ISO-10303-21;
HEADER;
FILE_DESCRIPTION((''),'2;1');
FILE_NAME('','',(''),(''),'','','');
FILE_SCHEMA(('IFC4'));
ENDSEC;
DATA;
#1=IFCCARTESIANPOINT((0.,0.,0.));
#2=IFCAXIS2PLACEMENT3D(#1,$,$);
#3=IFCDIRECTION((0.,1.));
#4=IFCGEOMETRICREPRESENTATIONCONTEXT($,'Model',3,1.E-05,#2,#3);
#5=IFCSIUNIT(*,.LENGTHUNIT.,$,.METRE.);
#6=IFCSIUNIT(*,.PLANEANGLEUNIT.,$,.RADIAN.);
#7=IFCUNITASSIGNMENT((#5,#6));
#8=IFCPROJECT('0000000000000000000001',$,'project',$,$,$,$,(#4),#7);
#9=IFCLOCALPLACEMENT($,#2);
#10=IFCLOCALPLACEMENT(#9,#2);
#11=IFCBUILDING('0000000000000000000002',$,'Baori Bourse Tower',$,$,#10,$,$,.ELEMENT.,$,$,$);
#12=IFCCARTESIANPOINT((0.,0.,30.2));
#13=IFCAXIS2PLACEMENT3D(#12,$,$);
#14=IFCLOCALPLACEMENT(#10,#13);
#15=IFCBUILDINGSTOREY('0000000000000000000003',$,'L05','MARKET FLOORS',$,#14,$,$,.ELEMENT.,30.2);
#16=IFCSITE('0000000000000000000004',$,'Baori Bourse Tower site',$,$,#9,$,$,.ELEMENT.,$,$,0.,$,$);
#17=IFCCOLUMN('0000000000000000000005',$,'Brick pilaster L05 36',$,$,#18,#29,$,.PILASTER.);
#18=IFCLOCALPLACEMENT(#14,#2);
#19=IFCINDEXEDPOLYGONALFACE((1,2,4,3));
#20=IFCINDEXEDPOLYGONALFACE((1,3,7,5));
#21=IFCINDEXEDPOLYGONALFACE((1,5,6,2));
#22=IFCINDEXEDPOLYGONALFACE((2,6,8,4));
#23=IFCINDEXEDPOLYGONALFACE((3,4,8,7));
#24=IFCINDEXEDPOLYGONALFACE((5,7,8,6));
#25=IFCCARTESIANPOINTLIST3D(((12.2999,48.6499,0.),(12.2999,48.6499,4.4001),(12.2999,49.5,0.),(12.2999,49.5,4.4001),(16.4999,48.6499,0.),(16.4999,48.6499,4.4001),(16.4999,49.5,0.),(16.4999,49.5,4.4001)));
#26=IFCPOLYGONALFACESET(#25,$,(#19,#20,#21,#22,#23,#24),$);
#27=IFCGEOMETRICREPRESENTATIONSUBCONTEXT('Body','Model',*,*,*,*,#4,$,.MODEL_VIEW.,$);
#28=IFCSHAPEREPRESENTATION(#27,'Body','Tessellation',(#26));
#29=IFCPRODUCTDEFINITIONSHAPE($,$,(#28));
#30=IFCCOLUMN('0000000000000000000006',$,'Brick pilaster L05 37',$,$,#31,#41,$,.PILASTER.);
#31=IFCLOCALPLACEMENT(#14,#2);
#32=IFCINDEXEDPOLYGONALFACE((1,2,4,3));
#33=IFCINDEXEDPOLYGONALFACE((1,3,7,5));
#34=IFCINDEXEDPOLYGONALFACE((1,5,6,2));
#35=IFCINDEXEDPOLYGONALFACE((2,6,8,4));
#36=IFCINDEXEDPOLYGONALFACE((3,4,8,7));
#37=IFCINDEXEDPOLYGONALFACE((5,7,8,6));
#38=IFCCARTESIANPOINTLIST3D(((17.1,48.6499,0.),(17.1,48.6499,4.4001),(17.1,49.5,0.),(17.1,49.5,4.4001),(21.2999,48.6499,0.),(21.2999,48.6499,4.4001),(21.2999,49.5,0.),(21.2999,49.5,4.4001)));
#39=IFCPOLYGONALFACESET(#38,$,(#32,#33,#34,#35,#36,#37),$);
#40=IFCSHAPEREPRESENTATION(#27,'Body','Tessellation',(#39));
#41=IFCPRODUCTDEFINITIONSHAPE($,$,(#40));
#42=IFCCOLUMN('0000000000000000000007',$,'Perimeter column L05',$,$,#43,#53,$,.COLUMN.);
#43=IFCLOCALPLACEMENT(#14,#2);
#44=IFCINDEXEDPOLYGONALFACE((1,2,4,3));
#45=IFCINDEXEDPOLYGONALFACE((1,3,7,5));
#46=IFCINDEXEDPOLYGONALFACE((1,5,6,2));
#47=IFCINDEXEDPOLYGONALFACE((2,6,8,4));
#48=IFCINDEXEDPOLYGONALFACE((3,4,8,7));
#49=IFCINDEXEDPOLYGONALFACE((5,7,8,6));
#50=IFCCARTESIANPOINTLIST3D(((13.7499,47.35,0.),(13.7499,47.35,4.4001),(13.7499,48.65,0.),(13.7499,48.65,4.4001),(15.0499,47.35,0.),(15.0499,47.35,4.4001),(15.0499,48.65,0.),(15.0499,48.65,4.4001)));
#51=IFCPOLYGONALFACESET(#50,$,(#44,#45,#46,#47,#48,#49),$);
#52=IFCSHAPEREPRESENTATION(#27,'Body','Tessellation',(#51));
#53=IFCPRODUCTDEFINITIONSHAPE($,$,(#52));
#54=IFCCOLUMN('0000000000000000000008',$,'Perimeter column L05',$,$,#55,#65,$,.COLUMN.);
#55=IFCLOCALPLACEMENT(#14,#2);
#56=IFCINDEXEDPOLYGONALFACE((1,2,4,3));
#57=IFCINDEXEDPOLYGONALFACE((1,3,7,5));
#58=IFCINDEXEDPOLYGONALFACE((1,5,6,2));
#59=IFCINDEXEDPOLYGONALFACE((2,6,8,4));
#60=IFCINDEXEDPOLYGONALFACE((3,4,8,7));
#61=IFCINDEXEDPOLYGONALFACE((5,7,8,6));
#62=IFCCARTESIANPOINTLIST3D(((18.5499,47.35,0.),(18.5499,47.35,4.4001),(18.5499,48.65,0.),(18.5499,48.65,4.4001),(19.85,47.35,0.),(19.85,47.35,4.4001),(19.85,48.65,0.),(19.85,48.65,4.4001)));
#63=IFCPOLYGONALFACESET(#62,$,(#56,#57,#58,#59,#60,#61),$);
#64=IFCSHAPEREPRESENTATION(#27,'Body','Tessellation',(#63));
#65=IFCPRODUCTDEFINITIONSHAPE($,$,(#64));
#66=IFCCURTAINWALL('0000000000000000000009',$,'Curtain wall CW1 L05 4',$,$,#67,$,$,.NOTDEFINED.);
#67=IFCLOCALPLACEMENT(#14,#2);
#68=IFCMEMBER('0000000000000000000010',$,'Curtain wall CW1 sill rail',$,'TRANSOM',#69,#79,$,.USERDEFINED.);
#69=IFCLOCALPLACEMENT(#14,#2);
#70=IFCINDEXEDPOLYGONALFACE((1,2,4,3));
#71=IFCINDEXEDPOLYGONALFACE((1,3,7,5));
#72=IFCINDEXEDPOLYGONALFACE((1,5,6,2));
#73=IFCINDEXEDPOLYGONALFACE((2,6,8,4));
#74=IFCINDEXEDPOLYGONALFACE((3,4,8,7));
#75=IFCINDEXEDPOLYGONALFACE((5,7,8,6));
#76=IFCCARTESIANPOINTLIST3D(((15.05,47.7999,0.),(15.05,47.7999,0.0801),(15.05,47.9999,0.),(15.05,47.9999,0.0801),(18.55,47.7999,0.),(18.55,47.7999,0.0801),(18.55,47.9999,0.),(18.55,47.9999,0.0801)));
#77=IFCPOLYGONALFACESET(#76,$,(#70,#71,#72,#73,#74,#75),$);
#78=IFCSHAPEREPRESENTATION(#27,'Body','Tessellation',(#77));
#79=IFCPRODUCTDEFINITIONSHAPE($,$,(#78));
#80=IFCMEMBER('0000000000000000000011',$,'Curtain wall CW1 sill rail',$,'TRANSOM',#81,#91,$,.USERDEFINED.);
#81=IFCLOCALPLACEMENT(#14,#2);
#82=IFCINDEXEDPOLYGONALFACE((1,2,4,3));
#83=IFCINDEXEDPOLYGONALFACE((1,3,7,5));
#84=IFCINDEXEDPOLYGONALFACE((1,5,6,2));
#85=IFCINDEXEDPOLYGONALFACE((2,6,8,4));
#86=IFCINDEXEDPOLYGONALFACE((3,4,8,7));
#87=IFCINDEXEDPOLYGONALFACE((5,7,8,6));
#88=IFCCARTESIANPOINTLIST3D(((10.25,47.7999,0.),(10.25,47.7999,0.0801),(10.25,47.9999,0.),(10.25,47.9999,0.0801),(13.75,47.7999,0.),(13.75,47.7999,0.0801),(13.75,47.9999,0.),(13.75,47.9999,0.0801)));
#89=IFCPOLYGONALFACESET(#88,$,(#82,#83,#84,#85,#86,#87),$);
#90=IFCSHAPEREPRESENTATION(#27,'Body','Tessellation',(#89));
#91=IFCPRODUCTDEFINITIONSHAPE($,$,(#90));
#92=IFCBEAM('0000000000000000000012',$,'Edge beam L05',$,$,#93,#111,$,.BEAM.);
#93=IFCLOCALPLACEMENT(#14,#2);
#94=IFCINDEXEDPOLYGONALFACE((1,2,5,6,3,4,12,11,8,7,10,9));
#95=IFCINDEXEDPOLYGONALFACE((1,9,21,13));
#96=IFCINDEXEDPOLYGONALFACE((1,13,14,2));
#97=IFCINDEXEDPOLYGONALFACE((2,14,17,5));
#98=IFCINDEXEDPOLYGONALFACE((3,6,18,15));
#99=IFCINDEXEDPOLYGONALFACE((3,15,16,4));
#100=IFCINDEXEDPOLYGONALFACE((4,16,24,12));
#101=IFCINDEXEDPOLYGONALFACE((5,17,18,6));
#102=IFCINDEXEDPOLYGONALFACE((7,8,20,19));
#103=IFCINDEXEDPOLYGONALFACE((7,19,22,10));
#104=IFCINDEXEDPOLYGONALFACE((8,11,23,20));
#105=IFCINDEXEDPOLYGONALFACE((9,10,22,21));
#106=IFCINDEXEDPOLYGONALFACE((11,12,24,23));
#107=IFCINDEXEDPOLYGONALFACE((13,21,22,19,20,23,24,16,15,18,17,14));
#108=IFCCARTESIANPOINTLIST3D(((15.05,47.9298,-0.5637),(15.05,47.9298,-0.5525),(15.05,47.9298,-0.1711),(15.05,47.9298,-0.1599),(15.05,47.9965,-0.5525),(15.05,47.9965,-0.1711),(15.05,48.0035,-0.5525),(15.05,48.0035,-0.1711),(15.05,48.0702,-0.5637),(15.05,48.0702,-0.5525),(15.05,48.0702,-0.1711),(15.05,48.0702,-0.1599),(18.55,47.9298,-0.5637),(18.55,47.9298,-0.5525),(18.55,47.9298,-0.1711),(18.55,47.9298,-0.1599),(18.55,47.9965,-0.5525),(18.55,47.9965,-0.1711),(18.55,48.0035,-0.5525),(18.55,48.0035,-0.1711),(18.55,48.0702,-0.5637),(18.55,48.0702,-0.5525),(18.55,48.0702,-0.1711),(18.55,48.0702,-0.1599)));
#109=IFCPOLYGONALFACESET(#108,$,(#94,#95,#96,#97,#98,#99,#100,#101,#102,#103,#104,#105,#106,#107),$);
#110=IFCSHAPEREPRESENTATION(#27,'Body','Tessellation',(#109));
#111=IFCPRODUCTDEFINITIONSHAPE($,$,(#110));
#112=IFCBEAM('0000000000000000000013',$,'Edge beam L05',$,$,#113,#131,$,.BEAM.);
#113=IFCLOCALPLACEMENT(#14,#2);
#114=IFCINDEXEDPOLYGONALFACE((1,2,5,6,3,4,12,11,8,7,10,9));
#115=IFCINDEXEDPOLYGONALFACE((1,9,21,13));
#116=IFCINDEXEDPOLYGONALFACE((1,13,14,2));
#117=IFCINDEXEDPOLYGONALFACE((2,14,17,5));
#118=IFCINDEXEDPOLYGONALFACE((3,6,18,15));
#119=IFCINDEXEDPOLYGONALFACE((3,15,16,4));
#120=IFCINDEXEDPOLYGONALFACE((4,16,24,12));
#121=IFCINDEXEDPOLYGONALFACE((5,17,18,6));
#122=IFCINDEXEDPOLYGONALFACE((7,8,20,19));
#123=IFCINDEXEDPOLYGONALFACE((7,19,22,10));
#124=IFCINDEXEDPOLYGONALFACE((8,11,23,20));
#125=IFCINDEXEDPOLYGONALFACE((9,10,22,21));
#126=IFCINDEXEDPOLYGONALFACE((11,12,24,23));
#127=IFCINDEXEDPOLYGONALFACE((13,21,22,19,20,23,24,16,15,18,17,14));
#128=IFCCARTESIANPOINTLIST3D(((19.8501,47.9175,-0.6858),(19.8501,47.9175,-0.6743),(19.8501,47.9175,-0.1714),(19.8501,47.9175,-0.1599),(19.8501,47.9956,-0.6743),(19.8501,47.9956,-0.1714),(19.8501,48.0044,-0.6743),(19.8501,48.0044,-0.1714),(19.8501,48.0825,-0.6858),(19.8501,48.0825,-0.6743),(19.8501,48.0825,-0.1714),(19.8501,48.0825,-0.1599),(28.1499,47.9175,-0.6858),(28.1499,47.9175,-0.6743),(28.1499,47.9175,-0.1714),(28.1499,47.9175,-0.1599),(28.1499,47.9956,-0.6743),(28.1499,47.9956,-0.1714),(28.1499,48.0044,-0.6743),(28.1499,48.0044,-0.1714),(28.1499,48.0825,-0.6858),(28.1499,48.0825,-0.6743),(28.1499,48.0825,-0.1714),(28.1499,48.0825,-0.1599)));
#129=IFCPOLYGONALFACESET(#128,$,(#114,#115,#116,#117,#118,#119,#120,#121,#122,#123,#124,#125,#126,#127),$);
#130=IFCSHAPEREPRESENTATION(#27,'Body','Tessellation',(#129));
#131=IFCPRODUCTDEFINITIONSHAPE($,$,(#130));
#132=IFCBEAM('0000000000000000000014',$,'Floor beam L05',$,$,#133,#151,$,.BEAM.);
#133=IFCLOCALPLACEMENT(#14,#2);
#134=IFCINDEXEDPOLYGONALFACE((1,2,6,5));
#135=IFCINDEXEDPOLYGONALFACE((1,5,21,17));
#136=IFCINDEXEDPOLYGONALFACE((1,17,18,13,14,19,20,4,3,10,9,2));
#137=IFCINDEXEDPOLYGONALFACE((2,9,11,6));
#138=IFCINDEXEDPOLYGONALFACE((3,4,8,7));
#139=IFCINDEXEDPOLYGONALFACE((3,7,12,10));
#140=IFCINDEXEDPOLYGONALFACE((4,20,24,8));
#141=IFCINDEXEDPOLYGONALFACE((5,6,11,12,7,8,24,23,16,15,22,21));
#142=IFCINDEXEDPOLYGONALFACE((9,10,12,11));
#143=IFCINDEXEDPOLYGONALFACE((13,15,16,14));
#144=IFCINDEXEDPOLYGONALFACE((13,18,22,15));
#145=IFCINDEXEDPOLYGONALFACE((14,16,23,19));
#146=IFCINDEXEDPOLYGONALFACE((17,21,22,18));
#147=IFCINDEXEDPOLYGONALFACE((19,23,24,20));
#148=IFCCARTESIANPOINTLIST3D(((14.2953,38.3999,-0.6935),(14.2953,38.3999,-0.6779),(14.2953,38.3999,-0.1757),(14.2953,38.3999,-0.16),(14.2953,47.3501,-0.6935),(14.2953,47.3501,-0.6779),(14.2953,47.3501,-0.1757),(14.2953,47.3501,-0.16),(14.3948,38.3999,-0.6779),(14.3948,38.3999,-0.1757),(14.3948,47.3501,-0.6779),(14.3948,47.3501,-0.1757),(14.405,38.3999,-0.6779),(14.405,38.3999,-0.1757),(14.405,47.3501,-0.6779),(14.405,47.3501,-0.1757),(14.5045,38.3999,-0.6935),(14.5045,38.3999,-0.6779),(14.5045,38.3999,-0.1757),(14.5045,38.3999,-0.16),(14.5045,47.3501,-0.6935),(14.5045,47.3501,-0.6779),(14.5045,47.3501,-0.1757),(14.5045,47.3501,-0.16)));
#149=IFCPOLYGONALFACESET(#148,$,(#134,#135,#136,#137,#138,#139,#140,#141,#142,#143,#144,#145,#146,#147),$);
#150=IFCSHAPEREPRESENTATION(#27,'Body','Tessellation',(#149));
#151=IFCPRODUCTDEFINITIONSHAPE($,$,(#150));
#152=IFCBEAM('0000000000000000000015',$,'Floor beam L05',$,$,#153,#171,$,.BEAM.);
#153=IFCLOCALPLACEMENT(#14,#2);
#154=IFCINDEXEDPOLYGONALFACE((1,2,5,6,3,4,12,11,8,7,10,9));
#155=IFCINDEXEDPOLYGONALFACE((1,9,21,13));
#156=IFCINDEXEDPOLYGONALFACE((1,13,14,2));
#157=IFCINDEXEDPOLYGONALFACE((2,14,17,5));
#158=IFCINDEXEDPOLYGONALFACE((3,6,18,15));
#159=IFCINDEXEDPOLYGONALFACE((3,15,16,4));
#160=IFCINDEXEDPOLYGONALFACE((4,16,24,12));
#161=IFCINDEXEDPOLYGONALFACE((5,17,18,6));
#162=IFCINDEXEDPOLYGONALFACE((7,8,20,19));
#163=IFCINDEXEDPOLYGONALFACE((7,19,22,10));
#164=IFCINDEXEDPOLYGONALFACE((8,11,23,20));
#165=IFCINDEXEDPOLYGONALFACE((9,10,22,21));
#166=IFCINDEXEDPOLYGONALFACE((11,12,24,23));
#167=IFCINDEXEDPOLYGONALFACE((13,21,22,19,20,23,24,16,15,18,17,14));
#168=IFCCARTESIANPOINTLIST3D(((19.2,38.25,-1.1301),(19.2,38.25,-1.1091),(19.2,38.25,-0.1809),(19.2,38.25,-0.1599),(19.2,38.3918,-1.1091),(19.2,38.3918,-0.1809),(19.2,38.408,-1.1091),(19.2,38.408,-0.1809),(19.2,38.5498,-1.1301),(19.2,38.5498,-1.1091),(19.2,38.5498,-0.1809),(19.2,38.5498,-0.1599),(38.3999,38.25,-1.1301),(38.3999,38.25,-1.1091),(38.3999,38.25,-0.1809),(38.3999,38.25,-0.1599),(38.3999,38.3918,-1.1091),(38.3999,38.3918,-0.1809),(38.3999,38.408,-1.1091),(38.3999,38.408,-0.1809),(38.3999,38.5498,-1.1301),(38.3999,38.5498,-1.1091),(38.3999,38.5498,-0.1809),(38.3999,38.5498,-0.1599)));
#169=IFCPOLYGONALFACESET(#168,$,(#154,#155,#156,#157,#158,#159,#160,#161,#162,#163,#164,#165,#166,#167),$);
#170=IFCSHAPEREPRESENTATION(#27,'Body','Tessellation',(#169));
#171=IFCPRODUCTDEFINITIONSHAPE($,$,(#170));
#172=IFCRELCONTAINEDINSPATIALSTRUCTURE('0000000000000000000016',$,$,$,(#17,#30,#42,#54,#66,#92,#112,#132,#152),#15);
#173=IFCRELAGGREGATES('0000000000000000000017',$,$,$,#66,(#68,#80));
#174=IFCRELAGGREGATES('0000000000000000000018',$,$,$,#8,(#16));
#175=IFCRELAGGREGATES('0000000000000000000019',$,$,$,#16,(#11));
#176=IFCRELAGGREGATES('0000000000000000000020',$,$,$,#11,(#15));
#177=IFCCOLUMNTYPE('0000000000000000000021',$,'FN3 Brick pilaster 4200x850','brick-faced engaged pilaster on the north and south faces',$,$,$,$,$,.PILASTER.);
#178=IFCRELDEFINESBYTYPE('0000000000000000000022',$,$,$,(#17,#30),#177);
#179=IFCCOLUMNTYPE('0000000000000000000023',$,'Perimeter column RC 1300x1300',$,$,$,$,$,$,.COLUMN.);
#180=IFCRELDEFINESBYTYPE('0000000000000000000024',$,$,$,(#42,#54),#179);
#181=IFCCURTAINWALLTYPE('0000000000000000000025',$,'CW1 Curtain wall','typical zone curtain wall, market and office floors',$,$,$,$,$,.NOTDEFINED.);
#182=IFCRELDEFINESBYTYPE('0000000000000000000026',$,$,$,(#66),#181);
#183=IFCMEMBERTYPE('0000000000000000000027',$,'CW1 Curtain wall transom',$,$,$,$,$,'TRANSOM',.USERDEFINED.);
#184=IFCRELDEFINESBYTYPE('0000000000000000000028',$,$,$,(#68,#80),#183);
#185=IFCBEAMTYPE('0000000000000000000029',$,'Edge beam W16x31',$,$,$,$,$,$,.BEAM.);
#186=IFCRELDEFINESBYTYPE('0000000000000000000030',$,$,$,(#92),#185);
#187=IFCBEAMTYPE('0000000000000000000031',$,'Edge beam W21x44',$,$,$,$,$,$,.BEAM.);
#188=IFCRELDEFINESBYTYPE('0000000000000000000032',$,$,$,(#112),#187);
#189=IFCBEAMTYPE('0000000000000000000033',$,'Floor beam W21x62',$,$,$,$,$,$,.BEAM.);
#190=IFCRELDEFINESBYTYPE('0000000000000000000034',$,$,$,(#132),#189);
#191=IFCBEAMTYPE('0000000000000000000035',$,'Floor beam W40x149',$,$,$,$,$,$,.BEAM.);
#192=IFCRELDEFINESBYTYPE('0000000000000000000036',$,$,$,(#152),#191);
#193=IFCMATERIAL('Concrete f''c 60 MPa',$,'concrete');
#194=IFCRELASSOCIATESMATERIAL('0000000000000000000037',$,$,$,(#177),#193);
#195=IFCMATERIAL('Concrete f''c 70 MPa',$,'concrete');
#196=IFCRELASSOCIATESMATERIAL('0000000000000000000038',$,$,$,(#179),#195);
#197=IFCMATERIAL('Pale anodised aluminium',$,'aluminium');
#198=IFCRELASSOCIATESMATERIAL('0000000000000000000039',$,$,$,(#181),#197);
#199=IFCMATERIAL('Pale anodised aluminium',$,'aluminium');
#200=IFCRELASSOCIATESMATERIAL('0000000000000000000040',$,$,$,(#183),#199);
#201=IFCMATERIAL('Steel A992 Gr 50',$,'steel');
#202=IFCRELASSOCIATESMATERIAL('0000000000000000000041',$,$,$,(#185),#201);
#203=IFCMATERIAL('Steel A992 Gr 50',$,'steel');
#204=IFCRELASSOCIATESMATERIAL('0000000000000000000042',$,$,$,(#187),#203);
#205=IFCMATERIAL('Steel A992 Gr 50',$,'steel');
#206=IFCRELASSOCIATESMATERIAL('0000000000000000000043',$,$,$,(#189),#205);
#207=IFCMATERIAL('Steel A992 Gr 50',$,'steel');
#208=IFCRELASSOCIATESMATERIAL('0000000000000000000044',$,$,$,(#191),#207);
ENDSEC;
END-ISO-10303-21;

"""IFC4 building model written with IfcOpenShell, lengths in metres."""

from ifc_helpers import new_model, si_unit, direction, frame, origin, origin_2d, place, context, subcontext, project, spatial, rectangle, i_section, extrude, material, material_profile, profile_set, type_object, element, aggregate, save


model = new_model("IFC4")

# Units and contexts
model_context = context("Model", 3, precision=1e-05, world=origin(), true_north=direction((0.0, 1.0)))
body_context = subcontext(model_context, "Body", "Model", "MODEL_VIEW")
ifc_project = project(units=[si_unit("LENGTHUNIT", "METRE"), si_unit("PLANEANGLEUNIT", "RADIAN")], contexts=[model_context])

# Site, building, storey
site_placement = place(None, origin())
site = spatial("IfcSite", under=ifc_project, at=site_placement, Name="Baori Bourse Tower site", CompositionType="ELEMENT", RefElevation=0.0)
building_placement = place(site_placement, origin())
building = spatial("IfcBuilding", under=site, at=building_placement, Name="Baori Bourse Tower", CompositionType="ELEMENT")
storey_placement = place(building_placement, frame((0.0, 0.0, 30.2)))
storey = spatial("IfcBuildingStorey", under=building, at=storey_placement, Name="L05", Description="MARKET FLOORS", CompositionType="ELEMENT", Elevation=30.2)

# Columns
ifc_material_1 = material(Name="Concrete f'c 60 MPa", Category="concrete")
ifc_material_profile_1 = material_profile(ifc_material_1, rectangle(XDim=4.2, YDim=0.8501, at=origin_2d()), Name="RC 4200x850")
ifc_profile_set_1 = profile_set([ifc_material_profile_1], Name="Concrete f'c 60 MPa")
column_type_1 = type_object("IfcColumnType", Name="FN3 Brick pilaster 4200x850", Description="brick-faced engaged pilaster on the north and south faces", PredefinedType="PILASTER", material=ifc_profile_set_1)
for number, where, z_axis, x_axis, name in (
    (1, (14.3999, 49.075, 0.0), (0.0, 0.0, 1.0), (1.0, 0.0, 0.0), "Brick pilaster L05 36"),
    (2, (19.2, 49.075, 0.0), (0.0, 0.0, 1.0), (1.0, 0.0, 0.0), "Brick pilaster L05 37"),
):
    element("IfcColumn", number, at=place(storey_placement, frame(where, z_axis=z_axis, x_axis=x_axis)), inside=storey, type_object=column_type_1, Name=name, PredefinedType="PILASTER", context=body_context, shape_type="SweptSolid", body=[
        extrude(rectangle(XDim=4.2, YDim=0.8501, at=origin_2d()), origin(), (0.0, 0.0, 1.0), 4.4001),
    ])
ifc_material_2 = material(Name="Concrete f'c 70 MPa", Category="concrete")
ifc_material_profile_2 = material_profile(ifc_material_2, rectangle(XDim=1.3, YDim=1.3, at=origin_2d()), Name="RC 1300x1300")
ifc_profile_set_2 = profile_set([ifc_material_profile_2], Name="Concrete f'c 70 MPa")
column_type_2 = type_object("IfcColumnType", Name="Perimeter column RC 1300x1300", PredefinedType="COLUMN", material=ifc_profile_set_2)
for number, where, z_axis, x_axis, name in (
    (3, (14.3999, 48.0, 0.0), (0.0, 0.0, 1.0), (1.0, 0.0, 0.0), "Perimeter column L05"),
    (4, (19.2, 48.0, 0.0), (0.0, 0.0, 1.0), (1.0, 0.0, 0.0), "Perimeter column L05"),
):
    element("IfcColumn", number, at=place(storey_placement, frame(where, z_axis=z_axis, x_axis=x_axis)), inside=storey, type_object=column_type_2, Name=name, PredefinedType="COLUMN", context=body_context, shape_type="SweptSolid", body=[
        extrude(rectangle(XDim=1.3, YDim=1.3, at=origin_2d()), origin(), (0.0, 0.0, 1.0), 4.4001),
    ])

# Curtain wall, members
ifc_material_3 = material(Name="Pale anodised aluminium", Category="aluminium")
curtain_wall_type = type_object("IfcCurtainWallType", Name="CW1 Curtain wall", Description="typical zone curtain wall, market and office floors", PredefinedType="NOTDEFINED", material=ifc_material_3)
curtain_wall_placement = place(storey_placement, origin())
curtain_wall = element("IfcCurtainWall", 5, at=curtain_wall_placement, inside=storey, type_object=curtain_wall_type, Name="Curtain wall CW1 L05 4", PredefinedType="NOTDEFINED")
ifc_material_4 = material(Name="Pale anodised aluminium", Category="aluminium")
ifc_material_profile_3 = material_profile(ifc_material_4, rectangle(XDim=0.2, YDim=0.0801, at=origin_2d()), Name="Transom 80x200")
ifc_profile_set_3 = profile_set([ifc_material_profile_3], Name="Pale anodised aluminium")
member_type = type_object("IfcMemberType", Name="CW1 Curtain wall transom", ElementType="TRANSOM", PredefinedType="USERDEFINED", material=ifc_profile_set_3)
member_1_placement = place(storey_placement, frame((18.55, 47.8999, 0.04), z_axis=(-1.0, 0.0, 0.0), x_axis=(0.0, -1.0, 0.0)))
member_1 = element("IfcMember", 6, at=member_1_placement, type_object=member_type, Name="Curtain wall CW1 sill rail", ObjectType="TRANSOM", PredefinedType="USERDEFINED", context=body_context, shape_type="SweptSolid", body=[
    extrude(rectangle(XDim=0.2, YDim=0.0801, at=origin_2d()), origin(), (0.0, 0.0, 1.0), 3.5),
])
member_2_placement = place(storey_placement, frame((13.75, 47.8999, 0.04), z_axis=(-1.0, 0.0, 0.0), x_axis=(0.0, -1.0, 0.0)))
member_2 = element("IfcMember", 7, at=member_2_placement, type_object=member_type, Name="Curtain wall CW1 sill rail", ObjectType="TRANSOM", PredefinedType="USERDEFINED", context=body_context, shape_type="SweptSolid", body=[
    extrude(rectangle(XDim=0.2, YDim=0.0801, at=origin_2d()), origin(), (0.0, 0.0, 1.0), 3.5),
])

# Beams
ifc_material_5 = material(Name="Steel A992 Gr 50", Category="steel")
ifc_material_profile_4 = material_profile(ifc_material_5, i_section(OverallWidth=0.1404, OverallDepth=0.4038, WebThickness=0.0071, FlangeThickness=0.0112, at=origin_2d()), Name="W16x31")
ifc_profile_set_4 = profile_set([ifc_material_profile_4], Name="Steel A992 Gr 50")
beam_type_1 = type_object("IfcBeamType", Name="Edge beam W16x31", PredefinedType="BEAM", material=ifc_profile_set_4)
beam_1_placement = place(storey_placement, frame((15.05, 48.0, -0.3618), z_axis=(1.0, 0.0, 0.0), x_axis=(0.0, 1.0, 0.0)))
element("IfcBeam", 8, at=beam_1_placement, inside=storey, type_object=beam_type_1, Name="Edge beam L05", PredefinedType="BEAM", context=body_context, shape_type="SweptSolid", body=[
    extrude(i_section(OverallWidth=0.1404, OverallDepth=0.4038, WebThickness=0.0071, FlangeThickness=0.0112, at=origin_2d()), origin(), (0.0, 0.0, 1.0), 3.5),
])
ifc_material_6 = material(Name="Steel A992 Gr 50", Category="steel")
ifc_material_profile_5 = material_profile(ifc_material_6, i_section(OverallWidth=0.165, OverallDepth=0.5259, WebThickness=0.0088, FlangeThickness=0.0115, at=origin_2d()), Name="W21x44")
ifc_profile_set_5 = profile_set([ifc_material_profile_5], Name="Steel A992 Gr 50")
beam_type_2 = type_object("IfcBeamType", Name="Edge beam W21x44", PredefinedType="BEAM", material=ifc_profile_set_5)
beam_2_placement = place(storey_placement, frame((19.8501, 48.0, -0.4229), z_axis=(1.0, 0.0, 0.0), x_axis=(0.0, 1.0, 0.0)))
element("IfcBeam", 9, at=beam_2_placement, inside=storey, type_object=beam_type_2, Name="Edge beam L05", PredefinedType="BEAM", context=body_context, shape_type="SweptSolid", body=[
    extrude(i_section(OverallWidth=0.165, OverallDepth=0.5259, WebThickness=0.0088, FlangeThickness=0.0115, at=origin_2d()), origin(), (0.0, 0.0, 1.0), 8.2998),
])
ifc_material_7 = material(Name="Steel A992 Gr 50", Category="steel")
ifc_material_profile_6 = material_profile(ifc_material_7, i_section(OverallWidth=0.2092, OverallDepth=0.5334, WebThickness=0.0103, FlangeThickness=0.0156, at=origin_2d()), Name="W21x62")
ifc_profile_set_6 = profile_set([ifc_material_profile_6], Name="Steel A992 Gr 50")
beam_type_3 = type_object("IfcBeamType", Name="Floor beam W21x62", PredefinedType="BEAM", material=ifc_profile_set_6)
beam_3_placement = place(storey_placement, frame((14.3999, 38.3999, -0.4268), z_axis=(0.0, 1.0, 0.0), x_axis=(-1.0, 0.0, 0.0)))
element("IfcBeam", 10, at=beam_3_placement, inside=storey, type_object=beam_type_3, Name="Floor beam L05", PredefinedType="BEAM", context=body_context, shape_type="SweptSolid", body=[
    extrude(i_section(OverallWidth=0.2092, OverallDepth=0.5334, WebThickness=0.0103, FlangeThickness=0.0156, at=origin_2d()), origin(), (0.0, 0.0, 1.0), 8.9502),
])
ifc_material_8 = material(Name="Steel A992 Gr 50", Category="steel")
ifc_material_profile_7 = material_profile(ifc_material_8, i_section(OverallWidth=0.2998, OverallDepth=0.9702, WebThickness=0.0161, FlangeThickness=0.021, at=origin_2d()), Name="W40x149")
ifc_profile_set_7 = profile_set([ifc_material_profile_7], Name="Steel A992 Gr 50")
beam_type_4 = type_object("IfcBeamType", Name="Floor beam W40x149", PredefinedType="BEAM", material=ifc_profile_set_7)
beam_4_placement = place(storey_placement, frame((19.2, 38.3999, -0.645), z_axis=(1.0, 0.0, 0.0), x_axis=(0.0, 1.0, 0.0)))
element("IfcBeam", 11, at=beam_4_placement, inside=storey, type_object=beam_type_4, Name="Floor beam L05", PredefinedType="BEAM", context=body_context, shape_type="SweptSolid", body=[
    extrude(i_section(OverallWidth=0.2998, OverallDepth=0.9702, WebThickness=0.0161, FlangeThickness=0.021, at=origin_2d()), origin(), (0.0, 0.0, 1.0), 19.2),
])

aggregate(curtain_wall, [member_1, member_2])

save(model, "model.ifc")
